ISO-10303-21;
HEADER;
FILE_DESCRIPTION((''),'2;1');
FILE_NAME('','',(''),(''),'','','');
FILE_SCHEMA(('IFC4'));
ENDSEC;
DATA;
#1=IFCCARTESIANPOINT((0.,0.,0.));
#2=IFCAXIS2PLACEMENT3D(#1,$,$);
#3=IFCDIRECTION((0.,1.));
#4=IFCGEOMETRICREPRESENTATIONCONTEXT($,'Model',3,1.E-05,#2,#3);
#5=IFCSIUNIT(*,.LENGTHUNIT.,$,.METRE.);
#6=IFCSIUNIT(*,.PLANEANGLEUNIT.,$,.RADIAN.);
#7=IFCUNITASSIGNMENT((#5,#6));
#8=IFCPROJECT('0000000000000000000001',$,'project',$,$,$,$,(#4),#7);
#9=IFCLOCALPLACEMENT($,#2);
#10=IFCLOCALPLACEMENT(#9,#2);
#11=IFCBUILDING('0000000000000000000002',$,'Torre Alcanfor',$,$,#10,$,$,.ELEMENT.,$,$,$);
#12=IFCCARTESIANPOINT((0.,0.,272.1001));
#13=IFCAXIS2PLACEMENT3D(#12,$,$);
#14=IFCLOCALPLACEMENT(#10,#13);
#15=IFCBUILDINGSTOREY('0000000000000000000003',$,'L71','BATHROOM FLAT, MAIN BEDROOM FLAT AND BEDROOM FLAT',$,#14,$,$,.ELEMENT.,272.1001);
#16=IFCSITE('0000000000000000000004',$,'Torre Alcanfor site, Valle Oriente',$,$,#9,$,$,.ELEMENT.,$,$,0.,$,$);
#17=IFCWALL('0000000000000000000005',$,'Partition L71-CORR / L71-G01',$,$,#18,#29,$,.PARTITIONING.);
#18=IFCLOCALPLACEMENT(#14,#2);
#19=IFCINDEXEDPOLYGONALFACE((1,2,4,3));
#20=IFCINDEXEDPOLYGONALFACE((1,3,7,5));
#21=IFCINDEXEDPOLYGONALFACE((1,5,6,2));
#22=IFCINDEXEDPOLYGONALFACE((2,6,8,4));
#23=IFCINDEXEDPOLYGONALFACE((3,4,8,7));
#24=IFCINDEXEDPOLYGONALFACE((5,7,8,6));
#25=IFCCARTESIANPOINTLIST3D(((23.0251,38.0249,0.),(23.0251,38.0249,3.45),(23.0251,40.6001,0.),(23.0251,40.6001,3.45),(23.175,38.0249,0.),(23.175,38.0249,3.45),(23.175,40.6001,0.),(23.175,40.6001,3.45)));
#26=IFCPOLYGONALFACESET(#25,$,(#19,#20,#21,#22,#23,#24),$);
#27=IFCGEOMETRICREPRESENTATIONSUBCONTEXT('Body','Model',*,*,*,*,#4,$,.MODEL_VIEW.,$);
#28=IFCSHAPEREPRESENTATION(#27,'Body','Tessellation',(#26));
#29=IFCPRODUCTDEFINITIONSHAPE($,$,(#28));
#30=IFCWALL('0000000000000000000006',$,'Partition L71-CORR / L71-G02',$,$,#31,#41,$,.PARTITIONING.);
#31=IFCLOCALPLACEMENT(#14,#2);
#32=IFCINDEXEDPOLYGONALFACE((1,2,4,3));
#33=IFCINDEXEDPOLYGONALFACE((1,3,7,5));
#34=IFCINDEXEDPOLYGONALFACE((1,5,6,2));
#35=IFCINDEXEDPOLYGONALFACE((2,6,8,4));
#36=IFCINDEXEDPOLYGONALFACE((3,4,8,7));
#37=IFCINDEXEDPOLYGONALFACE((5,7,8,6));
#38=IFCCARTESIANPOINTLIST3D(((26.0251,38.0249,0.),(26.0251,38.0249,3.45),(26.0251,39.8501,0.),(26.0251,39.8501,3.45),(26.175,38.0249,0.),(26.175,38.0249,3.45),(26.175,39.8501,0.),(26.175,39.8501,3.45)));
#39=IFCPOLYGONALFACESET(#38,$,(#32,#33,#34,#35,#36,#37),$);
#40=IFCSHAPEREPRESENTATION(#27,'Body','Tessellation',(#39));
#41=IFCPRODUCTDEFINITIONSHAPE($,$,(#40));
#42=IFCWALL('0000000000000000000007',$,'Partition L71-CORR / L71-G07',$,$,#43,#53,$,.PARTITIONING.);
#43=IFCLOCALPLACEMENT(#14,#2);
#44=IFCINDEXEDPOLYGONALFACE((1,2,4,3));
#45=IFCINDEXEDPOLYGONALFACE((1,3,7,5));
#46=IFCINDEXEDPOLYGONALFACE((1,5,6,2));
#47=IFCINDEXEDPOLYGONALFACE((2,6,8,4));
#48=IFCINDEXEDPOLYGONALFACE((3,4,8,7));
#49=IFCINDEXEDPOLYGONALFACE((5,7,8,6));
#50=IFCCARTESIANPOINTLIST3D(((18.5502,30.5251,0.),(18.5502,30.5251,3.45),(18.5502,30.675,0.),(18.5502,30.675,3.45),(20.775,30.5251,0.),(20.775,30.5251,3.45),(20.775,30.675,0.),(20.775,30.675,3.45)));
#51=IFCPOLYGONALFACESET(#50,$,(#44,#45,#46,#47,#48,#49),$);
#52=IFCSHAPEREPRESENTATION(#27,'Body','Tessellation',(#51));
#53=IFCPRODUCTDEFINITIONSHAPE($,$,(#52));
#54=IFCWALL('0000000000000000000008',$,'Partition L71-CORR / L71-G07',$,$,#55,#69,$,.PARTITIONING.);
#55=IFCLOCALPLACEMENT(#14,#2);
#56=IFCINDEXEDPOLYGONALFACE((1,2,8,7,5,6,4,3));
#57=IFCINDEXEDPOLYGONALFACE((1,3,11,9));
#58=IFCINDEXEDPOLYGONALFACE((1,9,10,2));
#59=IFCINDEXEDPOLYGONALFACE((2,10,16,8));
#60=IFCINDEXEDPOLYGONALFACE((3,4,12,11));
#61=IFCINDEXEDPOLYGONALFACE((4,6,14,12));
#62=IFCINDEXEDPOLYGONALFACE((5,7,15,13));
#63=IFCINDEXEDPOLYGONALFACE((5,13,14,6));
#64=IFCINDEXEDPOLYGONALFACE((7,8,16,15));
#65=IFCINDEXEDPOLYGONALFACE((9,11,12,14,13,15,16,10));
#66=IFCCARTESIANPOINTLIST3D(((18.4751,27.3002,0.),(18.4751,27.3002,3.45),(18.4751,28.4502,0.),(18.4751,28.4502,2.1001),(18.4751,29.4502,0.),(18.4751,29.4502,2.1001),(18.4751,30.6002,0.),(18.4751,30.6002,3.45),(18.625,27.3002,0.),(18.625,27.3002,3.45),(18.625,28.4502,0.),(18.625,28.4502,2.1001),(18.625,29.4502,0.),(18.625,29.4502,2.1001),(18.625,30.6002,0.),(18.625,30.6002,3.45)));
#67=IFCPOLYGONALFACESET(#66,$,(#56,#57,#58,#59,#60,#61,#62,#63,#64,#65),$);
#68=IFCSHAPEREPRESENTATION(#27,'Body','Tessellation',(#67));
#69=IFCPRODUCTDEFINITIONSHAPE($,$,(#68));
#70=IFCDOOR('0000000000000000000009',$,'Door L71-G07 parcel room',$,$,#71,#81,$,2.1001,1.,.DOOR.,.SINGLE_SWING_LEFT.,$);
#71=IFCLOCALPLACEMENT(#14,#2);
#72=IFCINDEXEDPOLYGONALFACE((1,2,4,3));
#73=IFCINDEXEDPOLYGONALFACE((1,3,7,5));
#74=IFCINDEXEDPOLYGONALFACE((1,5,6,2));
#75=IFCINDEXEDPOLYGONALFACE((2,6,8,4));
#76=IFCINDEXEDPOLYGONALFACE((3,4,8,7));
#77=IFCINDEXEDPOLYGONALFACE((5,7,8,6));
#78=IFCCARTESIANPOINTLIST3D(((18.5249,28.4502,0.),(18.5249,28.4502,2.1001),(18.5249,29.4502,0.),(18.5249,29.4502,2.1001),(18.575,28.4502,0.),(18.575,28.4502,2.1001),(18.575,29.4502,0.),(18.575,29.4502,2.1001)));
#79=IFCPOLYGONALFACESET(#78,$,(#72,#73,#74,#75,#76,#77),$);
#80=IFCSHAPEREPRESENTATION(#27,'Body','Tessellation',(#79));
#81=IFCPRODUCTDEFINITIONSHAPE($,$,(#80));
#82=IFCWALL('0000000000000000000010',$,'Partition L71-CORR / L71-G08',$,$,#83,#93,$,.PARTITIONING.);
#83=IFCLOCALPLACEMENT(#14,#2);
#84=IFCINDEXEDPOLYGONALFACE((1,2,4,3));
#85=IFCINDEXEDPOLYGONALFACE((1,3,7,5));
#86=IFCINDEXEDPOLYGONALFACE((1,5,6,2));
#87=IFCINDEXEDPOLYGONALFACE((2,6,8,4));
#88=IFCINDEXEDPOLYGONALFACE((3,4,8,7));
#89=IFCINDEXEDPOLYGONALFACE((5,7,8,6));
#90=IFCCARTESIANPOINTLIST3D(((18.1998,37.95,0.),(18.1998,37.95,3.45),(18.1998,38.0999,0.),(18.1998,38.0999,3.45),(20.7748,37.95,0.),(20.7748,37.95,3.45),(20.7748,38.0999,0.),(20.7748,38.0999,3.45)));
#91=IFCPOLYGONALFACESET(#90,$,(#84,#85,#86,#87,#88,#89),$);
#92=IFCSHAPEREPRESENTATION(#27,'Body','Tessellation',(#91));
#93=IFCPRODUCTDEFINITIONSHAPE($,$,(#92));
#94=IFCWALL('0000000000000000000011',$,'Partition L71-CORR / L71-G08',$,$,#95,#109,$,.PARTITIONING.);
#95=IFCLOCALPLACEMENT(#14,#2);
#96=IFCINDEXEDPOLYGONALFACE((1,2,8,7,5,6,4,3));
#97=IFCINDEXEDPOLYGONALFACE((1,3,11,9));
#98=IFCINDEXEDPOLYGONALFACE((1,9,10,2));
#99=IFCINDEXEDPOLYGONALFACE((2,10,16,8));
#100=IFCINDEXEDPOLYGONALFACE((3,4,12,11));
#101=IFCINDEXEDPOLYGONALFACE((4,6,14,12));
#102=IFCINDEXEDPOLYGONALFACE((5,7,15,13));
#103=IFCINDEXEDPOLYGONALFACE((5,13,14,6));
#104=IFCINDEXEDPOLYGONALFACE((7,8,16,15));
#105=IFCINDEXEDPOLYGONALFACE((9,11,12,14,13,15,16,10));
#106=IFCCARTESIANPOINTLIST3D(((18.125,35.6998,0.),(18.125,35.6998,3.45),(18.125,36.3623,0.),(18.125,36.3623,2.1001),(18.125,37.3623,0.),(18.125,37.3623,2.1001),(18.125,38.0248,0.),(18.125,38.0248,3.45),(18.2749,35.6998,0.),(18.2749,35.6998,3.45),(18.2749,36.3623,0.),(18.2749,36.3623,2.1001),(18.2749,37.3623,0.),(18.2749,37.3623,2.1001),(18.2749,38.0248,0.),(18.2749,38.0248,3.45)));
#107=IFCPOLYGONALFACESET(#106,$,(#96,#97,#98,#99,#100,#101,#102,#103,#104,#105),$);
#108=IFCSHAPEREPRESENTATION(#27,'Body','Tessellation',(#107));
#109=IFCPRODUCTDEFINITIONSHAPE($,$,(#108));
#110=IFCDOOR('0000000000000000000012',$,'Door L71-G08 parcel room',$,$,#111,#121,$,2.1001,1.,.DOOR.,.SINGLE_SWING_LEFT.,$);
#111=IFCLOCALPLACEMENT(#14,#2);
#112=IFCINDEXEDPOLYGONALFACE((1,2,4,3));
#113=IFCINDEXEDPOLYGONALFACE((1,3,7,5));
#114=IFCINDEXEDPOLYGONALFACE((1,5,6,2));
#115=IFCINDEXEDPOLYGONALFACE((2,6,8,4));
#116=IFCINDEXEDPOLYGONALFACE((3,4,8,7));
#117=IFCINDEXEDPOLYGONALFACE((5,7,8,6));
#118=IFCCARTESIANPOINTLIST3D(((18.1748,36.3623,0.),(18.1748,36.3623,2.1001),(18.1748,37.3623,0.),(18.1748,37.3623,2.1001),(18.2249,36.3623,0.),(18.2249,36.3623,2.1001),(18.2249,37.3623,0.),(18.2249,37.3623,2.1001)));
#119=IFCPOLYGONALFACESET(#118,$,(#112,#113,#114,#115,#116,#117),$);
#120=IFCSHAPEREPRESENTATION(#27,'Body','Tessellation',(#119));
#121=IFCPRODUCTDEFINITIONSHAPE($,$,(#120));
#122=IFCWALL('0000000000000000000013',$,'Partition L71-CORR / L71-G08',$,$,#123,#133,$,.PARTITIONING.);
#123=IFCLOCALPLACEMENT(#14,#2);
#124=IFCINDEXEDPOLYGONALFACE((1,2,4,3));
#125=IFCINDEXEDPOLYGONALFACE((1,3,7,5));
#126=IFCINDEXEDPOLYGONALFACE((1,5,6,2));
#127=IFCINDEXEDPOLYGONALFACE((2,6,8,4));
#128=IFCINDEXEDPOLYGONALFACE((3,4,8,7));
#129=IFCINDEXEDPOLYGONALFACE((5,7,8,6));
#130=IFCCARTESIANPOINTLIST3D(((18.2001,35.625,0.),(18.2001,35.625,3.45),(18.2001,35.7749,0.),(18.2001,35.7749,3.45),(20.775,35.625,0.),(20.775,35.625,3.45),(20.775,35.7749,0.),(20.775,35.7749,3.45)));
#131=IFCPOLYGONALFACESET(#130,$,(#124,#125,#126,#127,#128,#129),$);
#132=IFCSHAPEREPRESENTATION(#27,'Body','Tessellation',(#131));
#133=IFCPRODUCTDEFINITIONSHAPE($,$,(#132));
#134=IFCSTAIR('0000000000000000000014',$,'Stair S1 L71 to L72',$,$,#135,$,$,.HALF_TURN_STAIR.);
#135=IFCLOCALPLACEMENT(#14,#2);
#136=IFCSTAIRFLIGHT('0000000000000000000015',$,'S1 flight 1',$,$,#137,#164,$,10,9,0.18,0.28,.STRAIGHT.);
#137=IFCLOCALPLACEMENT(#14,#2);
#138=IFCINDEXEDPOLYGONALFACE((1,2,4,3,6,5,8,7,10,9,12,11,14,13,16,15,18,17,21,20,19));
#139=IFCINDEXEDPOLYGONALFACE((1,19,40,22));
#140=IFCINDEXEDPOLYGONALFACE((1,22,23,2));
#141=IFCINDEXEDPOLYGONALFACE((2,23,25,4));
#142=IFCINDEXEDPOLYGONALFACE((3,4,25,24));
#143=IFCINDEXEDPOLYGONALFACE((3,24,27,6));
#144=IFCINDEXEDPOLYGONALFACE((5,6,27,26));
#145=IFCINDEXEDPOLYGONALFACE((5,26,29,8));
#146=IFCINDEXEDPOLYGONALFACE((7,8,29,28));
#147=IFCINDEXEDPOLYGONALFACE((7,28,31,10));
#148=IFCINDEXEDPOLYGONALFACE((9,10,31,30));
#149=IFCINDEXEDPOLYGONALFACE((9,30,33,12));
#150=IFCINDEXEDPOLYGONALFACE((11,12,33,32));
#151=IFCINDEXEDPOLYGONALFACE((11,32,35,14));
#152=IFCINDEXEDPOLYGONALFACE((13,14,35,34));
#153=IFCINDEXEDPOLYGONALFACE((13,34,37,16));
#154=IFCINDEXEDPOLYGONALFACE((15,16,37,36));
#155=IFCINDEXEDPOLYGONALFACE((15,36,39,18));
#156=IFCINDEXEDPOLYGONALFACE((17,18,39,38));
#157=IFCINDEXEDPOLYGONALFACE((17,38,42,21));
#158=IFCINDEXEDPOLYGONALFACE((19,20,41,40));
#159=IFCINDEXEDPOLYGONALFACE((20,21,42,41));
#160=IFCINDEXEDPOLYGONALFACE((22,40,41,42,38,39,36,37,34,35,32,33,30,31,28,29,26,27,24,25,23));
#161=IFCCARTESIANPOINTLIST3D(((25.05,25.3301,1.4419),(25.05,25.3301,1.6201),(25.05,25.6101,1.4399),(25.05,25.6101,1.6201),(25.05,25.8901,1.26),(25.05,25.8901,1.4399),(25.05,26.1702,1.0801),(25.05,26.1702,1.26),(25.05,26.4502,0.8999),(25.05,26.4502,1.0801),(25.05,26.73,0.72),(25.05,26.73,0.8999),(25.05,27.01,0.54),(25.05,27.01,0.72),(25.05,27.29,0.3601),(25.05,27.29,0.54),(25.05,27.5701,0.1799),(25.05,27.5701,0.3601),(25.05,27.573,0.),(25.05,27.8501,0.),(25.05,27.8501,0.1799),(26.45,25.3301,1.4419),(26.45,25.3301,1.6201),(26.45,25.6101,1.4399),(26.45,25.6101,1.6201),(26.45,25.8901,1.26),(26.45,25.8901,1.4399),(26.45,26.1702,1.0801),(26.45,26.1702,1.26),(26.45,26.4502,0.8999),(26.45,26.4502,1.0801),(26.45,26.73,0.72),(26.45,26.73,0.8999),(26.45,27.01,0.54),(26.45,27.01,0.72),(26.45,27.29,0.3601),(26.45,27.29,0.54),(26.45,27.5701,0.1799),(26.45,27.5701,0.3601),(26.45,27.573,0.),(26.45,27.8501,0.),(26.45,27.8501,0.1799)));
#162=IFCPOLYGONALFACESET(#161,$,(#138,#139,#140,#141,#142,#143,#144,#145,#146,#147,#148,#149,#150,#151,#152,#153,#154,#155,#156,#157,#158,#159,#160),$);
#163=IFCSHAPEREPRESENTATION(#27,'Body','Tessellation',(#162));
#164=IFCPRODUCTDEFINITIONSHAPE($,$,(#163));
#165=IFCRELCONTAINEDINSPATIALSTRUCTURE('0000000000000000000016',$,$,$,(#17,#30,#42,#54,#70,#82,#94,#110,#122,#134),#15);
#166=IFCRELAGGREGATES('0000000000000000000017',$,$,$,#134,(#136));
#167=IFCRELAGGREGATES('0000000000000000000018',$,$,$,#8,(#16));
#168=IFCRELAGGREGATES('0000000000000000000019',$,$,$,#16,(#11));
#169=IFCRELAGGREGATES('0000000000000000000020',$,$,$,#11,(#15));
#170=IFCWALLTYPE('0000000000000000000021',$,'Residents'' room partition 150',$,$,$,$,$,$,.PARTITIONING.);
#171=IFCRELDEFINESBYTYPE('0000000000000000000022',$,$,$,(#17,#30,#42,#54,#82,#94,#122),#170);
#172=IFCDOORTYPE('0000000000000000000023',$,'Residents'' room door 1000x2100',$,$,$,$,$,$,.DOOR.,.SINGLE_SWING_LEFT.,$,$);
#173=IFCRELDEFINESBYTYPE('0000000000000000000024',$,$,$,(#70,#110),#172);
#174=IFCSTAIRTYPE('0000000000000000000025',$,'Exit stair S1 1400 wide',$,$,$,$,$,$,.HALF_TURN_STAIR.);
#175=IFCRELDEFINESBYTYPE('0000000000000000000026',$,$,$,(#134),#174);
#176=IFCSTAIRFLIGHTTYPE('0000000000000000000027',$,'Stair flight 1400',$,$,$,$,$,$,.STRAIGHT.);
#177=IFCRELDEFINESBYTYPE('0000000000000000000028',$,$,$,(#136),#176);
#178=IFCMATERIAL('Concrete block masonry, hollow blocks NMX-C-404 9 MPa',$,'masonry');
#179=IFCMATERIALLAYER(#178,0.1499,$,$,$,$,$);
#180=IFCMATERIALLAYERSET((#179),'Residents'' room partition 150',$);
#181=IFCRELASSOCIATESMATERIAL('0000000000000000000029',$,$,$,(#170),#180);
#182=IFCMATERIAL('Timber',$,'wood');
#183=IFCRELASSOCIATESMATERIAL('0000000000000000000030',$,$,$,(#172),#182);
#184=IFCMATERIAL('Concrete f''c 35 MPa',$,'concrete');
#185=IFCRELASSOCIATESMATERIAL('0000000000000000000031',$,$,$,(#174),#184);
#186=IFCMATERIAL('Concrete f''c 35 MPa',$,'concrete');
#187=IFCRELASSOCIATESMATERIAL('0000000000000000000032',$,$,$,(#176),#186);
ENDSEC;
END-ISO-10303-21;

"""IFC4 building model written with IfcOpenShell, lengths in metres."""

from ifc_helpers import new_model, si_unit, direction, frame, frame_2d, origin, place, context, subcontext, project, spatial, polyline, rectangle, outline, extrude, material, layer, layer_set, type_object, element, fill, aggregate, save


model = new_model("IFC4")

# Units and contexts
model_context = context("Model", 3, precision=1e-05, world=origin(), true_north=direction((0.0, 1.0)))
body_context = subcontext(model_context, "Body", "Model", "MODEL_VIEW")
ifc_project = project(units=[si_unit("LENGTHUNIT", "METRE"), si_unit("PLANEANGLEUNIT", "RADIAN")], contexts=[model_context])

# Site, building, storey
site_placement = place(None, origin())
site = spatial("IfcSite", under=ifc_project, at=site_placement, Name="Torre Alcanfor site, Valle Oriente", CompositionType="ELEMENT", RefElevation=0.0)
building_placement = place(site_placement, origin())
building = spatial("IfcBuilding", under=site, at=building_placement, Name="Torre Alcanfor", CompositionType="ELEMENT")
storey_placement = place(building_placement, frame((0.0, 0.0, 272.1001)))
storey = spatial("IfcBuildingStorey", under=building, at=storey_placement, Name="L71", Description="BATHROOM FLAT, MAIN BEDROOM FLAT AND BEDROOM FLAT", CompositionType="ELEMENT", Elevation=272.1001)

# Walls
ifc_material_1 = material(Name="Concrete block masonry, hollow blocks NMX-C-404 9 MPa", Category="masonry")
ifc_layer_1 = layer(ifc_material_1, 0.1499)
ifc_layer_set_1 = layer_set([ifc_layer_1], Name="Residents' room partition 150")
wall_type_1 = type_object("IfcWallType", Name="Residents' room partition 150", PredefinedType="PARTITIONING", material=ifc_layer_set_1)
wall_1_placement = place(storey_placement, frame((23.1001, 38.0249, 0.0), z_axis=(0.0, 0.0, 1.0), x_axis=(0.0, 1.0, 0.0)))
element("IfcWall", 1, at=wall_1_placement, inside=storey, type_object=wall_type_1, Name="Partition L71-CORR / L71-G01", PredefinedType="PARTITIONING", context=body_context, shape_type="SweptSolid", body=[
    extrude(rectangle(XDim=2.5752, YDim=0.1499, at=frame_2d((1.2876, 0.0))), origin(), (0.0, 0.0, 1.0), 3.45),
])
wall_2_placement = place(storey_placement, frame((26.1001, 39.8501, 0.0), z_axis=(0.0, 0.0, 1.0), x_axis=(0.0, -1.0, 0.0)))
element("IfcWall", 2, at=wall_2_placement, inside=storey, type_object=wall_type_1, Name="Partition L71-CORR / L71-G02", PredefinedType="PARTITIONING", context=body_context, shape_type="SweptSolid", body=[
    extrude(rectangle(XDim=1.8252, YDim=0.1499, at=frame_2d((0.9126, 0.0))), origin(), (0.0, 0.0, 1.0), 3.45),
])
wall_3_placement = place(storey_placement, frame((20.7749, 30.6001, 0.0), z_axis=(0.0, 0.0, 1.0), x_axis=(-1.0, 0.0, 0.0)))
element("IfcWall", 3, at=wall_3_placement, inside=storey, type_object=wall_type_1, Name="Partition L71-CORR / L71-G07", PredefinedType="PARTITIONING", context=body_context, shape_type="SweptSolid", body=[
    extrude(rectangle(XDim=2.2249, YDim=0.1499, at=frame_2d((1.1123, 0.0))), origin(), (0.0, 0.0, 1.0), 3.45),
])

# Wall, opening, door
wall_4_placement = place(storey_placement, frame((18.55, 30.6001, 0.0), z_axis=(0.0, 0.0, 1.0), x_axis=(0.0, -1.0, 0.0)))
wall_4 = element("IfcWall", 4, at=wall_4_placement, inside=storey, type_object=wall_type_1, Name="Partition L71-CORR / L71-G07", PredefinedType="PARTITIONING", context=body_context, shape_type="SweptSolid", body=[
    extrude(rectangle(XDim=3.3, YDim=0.1499, at=frame_2d((1.6499, 0.0))), origin(), (0.0, 0.0, 1.0), 3.45),
])
opening_1_placement = place(wall_4_placement, frame((1.1499, 0.0, 0.0)))
opening_1 = element("IfcOpeningElement", 5, at=opening_1_placement, cuts=wall_4, PredefinedType="OPENING", context=body_context, shape_type="SweptSolid", body=[
    extrude(rectangle(XDim=1.0, YDim=2.1001, at=frame_2d((0.5, 1.05))), frame((0.0, 0.085, 0.0), z_axis=(0.0, -1.0, 0.0), x_axis=(1.0, 0.0, 0.0)), (0.0, 0.0, 1.0), 0.1699),
])
ifc_material_2 = material(Name="Timber", Category="wood")
door_type_1 = type_object("IfcDoorType", Name="Residents' room door 1000x2100", OperationType="SINGLE_SWING_LEFT", PredefinedType="DOOR", material=ifc_material_2)
door_1_placement = place(opening_1_placement, origin())
door_1 = element("IfcDoor", 6, at=door_1_placement, inside=storey, type_object=door_type_1, Name="Door L71-G07 parcel room", OperationType="SINGLE_SWING_LEFT", OverallHeight=2.1001, OverallWidth=1.0, PredefinedType="DOOR", context=body_context, shape_type="SweptSolid", body=[
    extrude(rectangle(XDim=1.0, YDim=2.1001, at=frame_2d((0.5, 1.05))), frame((0.0, 0.0249, 0.0), z_axis=(0.0, -1.0, 0.0), x_axis=(1.0, 0.0, 0.0)), (0.0, 0.0, 1.0), 0.05),
])
fill(opening_1, door_1)

# Wall
wall_5_placement = place(storey_placement, frame((20.7749, 38.0249, 0.0), z_axis=(0.0, 0.0, 1.0), x_axis=(-1.0, 0.0, 0.0)))
element("IfcWall", 7, at=wall_5_placement, inside=storey, type_object=wall_type_1, Name="Partition L71-CORR / L71-G08", PredefinedType="PARTITIONING", context=body_context, shape_type="SweptSolid", body=[
    extrude(rectangle(XDim=2.575, YDim=0.1499, at=frame_2d((1.2876, 0.0))), origin(), (0.0, 0.0, 1.0), 3.45),
])

# Wall, opening, door
wall_6_placement = place(storey_placement, frame((18.2, 38.0249, 0.0), z_axis=(0.0, 0.0, 1.0), x_axis=(0.0, -1.0, 0.0)))
wall_6 = element("IfcWall", 8, at=wall_6_placement, inside=storey, type_object=wall_type_1, Name="Partition L71-CORR / L71-G08", PredefinedType="PARTITIONING", context=body_context, shape_type="SweptSolid", body=[
    extrude(rectangle(XDim=2.325, YDim=0.1499, at=frame_2d((1.1626, 0.0))), origin(), (0.0, 0.0, 1.0), 3.45),
])
opening_2_placement = place(wall_6_placement, frame((0.6626, 0.0, 0.0)))
opening_2 = element("IfcOpeningElement", 9, at=opening_2_placement, cuts=wall_6, PredefinedType="OPENING", context=body_context, shape_type="SweptSolid", body=[
    extrude(rectangle(XDim=1.0, YDim=2.1001, at=frame_2d((0.5, 1.05))), frame((0.0, 0.085, 0.0), z_axis=(0.0, -1.0, 0.0), x_axis=(1.0, 0.0, 0.0)), (0.0, 0.0, 1.0), 0.1699),
])
door_2_placement = place(opening_2_placement, origin())
door_2 = element("IfcDoor", 10, at=door_2_placement, inside=storey, type_object=door_type_1, Name="Door L71-G08 parcel room", OperationType="SINGLE_SWING_LEFT", OverallHeight=2.1001, OverallWidth=1.0, PredefinedType="DOOR", context=body_context, shape_type="SweptSolid", body=[
    extrude(rectangle(XDim=1.0, YDim=2.1001, at=frame_2d((0.5, 1.05))), frame((0.0, 0.0249, 0.0), z_axis=(0.0, -1.0, 0.0), x_axis=(1.0, 0.0, 0.0)), (0.0, 0.0, 1.0), 0.05),
])
fill(opening_2, door_2)

# Wall
wall_7_placement = place(storey_placement, frame((18.2, 35.7, 0.0), z_axis=(0.0, 0.0, 1.0), x_axis=(1.0, 0.0, 0.0)))
element("IfcWall", 11, at=wall_7_placement, inside=storey, type_object=wall_type_1, Name="Partition L71-CORR / L71-G08", PredefinedType="PARTITIONING", context=body_context, shape_type="SweptSolid", body=[
    extrude(rectangle(XDim=2.575, YDim=0.1499, at=frame_2d((1.2876, 0.0))), origin(), (0.0, 0.0, 1.0), 3.45),
])

# Stair, stair flight
ifc_material_3 = material(Name="Concrete f'c 35 MPa", Category="concrete")
stair_type = type_object("IfcStairType", Name="Exit stair S1 1400 wide", PredefinedType="HALF_TURN_STAIR", material=ifc_material_3)
stair_placement = place(storey_placement, origin())
stair = element("IfcStair", 12, at=stair_placement, inside=storey, type_object=stair_type, Name="Stair S1 L71 to L72", PredefinedType="HALF_TURN_STAIR")
ifc_material_4 = material(Name="Concrete f'c 35 MPa", Category="concrete")
stair_flight_type = type_object("IfcStairFlightType", Name="Stair flight 1400", PredefinedType="STRAIGHT", material=ifc_material_4)
stair_flight_placement = place(storey_placement, frame((25.75, 27.8501, 0.0), z_axis=(0.0, 0.0, 1.0), x_axis=(0.0, -1.0, 0.0)))
stair_flight = element("IfcStairFlight", 13, at=stair_flight_placement, type_object=stair_flight_type, Name="S1 flight 1", NumberOfRisers=10, NumberOfTreads=9, PredefinedType="STRAIGHT", RiserHeight=0.18, TreadLength=0.28, context=body_context, shape_type="SweptSolid", body=[
    extrude(outline(polyline([(0.0, 0.0), (0.0, 0.1799), (0.28, 0.1799), (0.28, 0.3601), (0.5601, 0.3601), (0.5601, 0.54), (0.8401, 0.54), (0.8401, 0.72), (1.1201, 0.72), (1.1201, 0.8999), (1.3999, 0.8999), (1.3999, 1.0801), (1.6799, 1.0801), (1.6799, 1.26), (1.96, 1.26), (1.96, 1.4399), (2.24, 1.4399), (2.24, 1.6201), (2.52, 1.6201), (2.52, 1.8), (2.52, 1.4419), (0.2771, 0.0), (0.0, 0.0)])), frame((0.0, 0.7, 0.0), z_axis=(0.0, -1.0, 0.0), x_axis=(1.0, 0.0, 0.0)), (0.0, 0.0, 1.0), 1.3999),
])
aggregate(stair, [stair_flight])

save(model, "model.ifc")
